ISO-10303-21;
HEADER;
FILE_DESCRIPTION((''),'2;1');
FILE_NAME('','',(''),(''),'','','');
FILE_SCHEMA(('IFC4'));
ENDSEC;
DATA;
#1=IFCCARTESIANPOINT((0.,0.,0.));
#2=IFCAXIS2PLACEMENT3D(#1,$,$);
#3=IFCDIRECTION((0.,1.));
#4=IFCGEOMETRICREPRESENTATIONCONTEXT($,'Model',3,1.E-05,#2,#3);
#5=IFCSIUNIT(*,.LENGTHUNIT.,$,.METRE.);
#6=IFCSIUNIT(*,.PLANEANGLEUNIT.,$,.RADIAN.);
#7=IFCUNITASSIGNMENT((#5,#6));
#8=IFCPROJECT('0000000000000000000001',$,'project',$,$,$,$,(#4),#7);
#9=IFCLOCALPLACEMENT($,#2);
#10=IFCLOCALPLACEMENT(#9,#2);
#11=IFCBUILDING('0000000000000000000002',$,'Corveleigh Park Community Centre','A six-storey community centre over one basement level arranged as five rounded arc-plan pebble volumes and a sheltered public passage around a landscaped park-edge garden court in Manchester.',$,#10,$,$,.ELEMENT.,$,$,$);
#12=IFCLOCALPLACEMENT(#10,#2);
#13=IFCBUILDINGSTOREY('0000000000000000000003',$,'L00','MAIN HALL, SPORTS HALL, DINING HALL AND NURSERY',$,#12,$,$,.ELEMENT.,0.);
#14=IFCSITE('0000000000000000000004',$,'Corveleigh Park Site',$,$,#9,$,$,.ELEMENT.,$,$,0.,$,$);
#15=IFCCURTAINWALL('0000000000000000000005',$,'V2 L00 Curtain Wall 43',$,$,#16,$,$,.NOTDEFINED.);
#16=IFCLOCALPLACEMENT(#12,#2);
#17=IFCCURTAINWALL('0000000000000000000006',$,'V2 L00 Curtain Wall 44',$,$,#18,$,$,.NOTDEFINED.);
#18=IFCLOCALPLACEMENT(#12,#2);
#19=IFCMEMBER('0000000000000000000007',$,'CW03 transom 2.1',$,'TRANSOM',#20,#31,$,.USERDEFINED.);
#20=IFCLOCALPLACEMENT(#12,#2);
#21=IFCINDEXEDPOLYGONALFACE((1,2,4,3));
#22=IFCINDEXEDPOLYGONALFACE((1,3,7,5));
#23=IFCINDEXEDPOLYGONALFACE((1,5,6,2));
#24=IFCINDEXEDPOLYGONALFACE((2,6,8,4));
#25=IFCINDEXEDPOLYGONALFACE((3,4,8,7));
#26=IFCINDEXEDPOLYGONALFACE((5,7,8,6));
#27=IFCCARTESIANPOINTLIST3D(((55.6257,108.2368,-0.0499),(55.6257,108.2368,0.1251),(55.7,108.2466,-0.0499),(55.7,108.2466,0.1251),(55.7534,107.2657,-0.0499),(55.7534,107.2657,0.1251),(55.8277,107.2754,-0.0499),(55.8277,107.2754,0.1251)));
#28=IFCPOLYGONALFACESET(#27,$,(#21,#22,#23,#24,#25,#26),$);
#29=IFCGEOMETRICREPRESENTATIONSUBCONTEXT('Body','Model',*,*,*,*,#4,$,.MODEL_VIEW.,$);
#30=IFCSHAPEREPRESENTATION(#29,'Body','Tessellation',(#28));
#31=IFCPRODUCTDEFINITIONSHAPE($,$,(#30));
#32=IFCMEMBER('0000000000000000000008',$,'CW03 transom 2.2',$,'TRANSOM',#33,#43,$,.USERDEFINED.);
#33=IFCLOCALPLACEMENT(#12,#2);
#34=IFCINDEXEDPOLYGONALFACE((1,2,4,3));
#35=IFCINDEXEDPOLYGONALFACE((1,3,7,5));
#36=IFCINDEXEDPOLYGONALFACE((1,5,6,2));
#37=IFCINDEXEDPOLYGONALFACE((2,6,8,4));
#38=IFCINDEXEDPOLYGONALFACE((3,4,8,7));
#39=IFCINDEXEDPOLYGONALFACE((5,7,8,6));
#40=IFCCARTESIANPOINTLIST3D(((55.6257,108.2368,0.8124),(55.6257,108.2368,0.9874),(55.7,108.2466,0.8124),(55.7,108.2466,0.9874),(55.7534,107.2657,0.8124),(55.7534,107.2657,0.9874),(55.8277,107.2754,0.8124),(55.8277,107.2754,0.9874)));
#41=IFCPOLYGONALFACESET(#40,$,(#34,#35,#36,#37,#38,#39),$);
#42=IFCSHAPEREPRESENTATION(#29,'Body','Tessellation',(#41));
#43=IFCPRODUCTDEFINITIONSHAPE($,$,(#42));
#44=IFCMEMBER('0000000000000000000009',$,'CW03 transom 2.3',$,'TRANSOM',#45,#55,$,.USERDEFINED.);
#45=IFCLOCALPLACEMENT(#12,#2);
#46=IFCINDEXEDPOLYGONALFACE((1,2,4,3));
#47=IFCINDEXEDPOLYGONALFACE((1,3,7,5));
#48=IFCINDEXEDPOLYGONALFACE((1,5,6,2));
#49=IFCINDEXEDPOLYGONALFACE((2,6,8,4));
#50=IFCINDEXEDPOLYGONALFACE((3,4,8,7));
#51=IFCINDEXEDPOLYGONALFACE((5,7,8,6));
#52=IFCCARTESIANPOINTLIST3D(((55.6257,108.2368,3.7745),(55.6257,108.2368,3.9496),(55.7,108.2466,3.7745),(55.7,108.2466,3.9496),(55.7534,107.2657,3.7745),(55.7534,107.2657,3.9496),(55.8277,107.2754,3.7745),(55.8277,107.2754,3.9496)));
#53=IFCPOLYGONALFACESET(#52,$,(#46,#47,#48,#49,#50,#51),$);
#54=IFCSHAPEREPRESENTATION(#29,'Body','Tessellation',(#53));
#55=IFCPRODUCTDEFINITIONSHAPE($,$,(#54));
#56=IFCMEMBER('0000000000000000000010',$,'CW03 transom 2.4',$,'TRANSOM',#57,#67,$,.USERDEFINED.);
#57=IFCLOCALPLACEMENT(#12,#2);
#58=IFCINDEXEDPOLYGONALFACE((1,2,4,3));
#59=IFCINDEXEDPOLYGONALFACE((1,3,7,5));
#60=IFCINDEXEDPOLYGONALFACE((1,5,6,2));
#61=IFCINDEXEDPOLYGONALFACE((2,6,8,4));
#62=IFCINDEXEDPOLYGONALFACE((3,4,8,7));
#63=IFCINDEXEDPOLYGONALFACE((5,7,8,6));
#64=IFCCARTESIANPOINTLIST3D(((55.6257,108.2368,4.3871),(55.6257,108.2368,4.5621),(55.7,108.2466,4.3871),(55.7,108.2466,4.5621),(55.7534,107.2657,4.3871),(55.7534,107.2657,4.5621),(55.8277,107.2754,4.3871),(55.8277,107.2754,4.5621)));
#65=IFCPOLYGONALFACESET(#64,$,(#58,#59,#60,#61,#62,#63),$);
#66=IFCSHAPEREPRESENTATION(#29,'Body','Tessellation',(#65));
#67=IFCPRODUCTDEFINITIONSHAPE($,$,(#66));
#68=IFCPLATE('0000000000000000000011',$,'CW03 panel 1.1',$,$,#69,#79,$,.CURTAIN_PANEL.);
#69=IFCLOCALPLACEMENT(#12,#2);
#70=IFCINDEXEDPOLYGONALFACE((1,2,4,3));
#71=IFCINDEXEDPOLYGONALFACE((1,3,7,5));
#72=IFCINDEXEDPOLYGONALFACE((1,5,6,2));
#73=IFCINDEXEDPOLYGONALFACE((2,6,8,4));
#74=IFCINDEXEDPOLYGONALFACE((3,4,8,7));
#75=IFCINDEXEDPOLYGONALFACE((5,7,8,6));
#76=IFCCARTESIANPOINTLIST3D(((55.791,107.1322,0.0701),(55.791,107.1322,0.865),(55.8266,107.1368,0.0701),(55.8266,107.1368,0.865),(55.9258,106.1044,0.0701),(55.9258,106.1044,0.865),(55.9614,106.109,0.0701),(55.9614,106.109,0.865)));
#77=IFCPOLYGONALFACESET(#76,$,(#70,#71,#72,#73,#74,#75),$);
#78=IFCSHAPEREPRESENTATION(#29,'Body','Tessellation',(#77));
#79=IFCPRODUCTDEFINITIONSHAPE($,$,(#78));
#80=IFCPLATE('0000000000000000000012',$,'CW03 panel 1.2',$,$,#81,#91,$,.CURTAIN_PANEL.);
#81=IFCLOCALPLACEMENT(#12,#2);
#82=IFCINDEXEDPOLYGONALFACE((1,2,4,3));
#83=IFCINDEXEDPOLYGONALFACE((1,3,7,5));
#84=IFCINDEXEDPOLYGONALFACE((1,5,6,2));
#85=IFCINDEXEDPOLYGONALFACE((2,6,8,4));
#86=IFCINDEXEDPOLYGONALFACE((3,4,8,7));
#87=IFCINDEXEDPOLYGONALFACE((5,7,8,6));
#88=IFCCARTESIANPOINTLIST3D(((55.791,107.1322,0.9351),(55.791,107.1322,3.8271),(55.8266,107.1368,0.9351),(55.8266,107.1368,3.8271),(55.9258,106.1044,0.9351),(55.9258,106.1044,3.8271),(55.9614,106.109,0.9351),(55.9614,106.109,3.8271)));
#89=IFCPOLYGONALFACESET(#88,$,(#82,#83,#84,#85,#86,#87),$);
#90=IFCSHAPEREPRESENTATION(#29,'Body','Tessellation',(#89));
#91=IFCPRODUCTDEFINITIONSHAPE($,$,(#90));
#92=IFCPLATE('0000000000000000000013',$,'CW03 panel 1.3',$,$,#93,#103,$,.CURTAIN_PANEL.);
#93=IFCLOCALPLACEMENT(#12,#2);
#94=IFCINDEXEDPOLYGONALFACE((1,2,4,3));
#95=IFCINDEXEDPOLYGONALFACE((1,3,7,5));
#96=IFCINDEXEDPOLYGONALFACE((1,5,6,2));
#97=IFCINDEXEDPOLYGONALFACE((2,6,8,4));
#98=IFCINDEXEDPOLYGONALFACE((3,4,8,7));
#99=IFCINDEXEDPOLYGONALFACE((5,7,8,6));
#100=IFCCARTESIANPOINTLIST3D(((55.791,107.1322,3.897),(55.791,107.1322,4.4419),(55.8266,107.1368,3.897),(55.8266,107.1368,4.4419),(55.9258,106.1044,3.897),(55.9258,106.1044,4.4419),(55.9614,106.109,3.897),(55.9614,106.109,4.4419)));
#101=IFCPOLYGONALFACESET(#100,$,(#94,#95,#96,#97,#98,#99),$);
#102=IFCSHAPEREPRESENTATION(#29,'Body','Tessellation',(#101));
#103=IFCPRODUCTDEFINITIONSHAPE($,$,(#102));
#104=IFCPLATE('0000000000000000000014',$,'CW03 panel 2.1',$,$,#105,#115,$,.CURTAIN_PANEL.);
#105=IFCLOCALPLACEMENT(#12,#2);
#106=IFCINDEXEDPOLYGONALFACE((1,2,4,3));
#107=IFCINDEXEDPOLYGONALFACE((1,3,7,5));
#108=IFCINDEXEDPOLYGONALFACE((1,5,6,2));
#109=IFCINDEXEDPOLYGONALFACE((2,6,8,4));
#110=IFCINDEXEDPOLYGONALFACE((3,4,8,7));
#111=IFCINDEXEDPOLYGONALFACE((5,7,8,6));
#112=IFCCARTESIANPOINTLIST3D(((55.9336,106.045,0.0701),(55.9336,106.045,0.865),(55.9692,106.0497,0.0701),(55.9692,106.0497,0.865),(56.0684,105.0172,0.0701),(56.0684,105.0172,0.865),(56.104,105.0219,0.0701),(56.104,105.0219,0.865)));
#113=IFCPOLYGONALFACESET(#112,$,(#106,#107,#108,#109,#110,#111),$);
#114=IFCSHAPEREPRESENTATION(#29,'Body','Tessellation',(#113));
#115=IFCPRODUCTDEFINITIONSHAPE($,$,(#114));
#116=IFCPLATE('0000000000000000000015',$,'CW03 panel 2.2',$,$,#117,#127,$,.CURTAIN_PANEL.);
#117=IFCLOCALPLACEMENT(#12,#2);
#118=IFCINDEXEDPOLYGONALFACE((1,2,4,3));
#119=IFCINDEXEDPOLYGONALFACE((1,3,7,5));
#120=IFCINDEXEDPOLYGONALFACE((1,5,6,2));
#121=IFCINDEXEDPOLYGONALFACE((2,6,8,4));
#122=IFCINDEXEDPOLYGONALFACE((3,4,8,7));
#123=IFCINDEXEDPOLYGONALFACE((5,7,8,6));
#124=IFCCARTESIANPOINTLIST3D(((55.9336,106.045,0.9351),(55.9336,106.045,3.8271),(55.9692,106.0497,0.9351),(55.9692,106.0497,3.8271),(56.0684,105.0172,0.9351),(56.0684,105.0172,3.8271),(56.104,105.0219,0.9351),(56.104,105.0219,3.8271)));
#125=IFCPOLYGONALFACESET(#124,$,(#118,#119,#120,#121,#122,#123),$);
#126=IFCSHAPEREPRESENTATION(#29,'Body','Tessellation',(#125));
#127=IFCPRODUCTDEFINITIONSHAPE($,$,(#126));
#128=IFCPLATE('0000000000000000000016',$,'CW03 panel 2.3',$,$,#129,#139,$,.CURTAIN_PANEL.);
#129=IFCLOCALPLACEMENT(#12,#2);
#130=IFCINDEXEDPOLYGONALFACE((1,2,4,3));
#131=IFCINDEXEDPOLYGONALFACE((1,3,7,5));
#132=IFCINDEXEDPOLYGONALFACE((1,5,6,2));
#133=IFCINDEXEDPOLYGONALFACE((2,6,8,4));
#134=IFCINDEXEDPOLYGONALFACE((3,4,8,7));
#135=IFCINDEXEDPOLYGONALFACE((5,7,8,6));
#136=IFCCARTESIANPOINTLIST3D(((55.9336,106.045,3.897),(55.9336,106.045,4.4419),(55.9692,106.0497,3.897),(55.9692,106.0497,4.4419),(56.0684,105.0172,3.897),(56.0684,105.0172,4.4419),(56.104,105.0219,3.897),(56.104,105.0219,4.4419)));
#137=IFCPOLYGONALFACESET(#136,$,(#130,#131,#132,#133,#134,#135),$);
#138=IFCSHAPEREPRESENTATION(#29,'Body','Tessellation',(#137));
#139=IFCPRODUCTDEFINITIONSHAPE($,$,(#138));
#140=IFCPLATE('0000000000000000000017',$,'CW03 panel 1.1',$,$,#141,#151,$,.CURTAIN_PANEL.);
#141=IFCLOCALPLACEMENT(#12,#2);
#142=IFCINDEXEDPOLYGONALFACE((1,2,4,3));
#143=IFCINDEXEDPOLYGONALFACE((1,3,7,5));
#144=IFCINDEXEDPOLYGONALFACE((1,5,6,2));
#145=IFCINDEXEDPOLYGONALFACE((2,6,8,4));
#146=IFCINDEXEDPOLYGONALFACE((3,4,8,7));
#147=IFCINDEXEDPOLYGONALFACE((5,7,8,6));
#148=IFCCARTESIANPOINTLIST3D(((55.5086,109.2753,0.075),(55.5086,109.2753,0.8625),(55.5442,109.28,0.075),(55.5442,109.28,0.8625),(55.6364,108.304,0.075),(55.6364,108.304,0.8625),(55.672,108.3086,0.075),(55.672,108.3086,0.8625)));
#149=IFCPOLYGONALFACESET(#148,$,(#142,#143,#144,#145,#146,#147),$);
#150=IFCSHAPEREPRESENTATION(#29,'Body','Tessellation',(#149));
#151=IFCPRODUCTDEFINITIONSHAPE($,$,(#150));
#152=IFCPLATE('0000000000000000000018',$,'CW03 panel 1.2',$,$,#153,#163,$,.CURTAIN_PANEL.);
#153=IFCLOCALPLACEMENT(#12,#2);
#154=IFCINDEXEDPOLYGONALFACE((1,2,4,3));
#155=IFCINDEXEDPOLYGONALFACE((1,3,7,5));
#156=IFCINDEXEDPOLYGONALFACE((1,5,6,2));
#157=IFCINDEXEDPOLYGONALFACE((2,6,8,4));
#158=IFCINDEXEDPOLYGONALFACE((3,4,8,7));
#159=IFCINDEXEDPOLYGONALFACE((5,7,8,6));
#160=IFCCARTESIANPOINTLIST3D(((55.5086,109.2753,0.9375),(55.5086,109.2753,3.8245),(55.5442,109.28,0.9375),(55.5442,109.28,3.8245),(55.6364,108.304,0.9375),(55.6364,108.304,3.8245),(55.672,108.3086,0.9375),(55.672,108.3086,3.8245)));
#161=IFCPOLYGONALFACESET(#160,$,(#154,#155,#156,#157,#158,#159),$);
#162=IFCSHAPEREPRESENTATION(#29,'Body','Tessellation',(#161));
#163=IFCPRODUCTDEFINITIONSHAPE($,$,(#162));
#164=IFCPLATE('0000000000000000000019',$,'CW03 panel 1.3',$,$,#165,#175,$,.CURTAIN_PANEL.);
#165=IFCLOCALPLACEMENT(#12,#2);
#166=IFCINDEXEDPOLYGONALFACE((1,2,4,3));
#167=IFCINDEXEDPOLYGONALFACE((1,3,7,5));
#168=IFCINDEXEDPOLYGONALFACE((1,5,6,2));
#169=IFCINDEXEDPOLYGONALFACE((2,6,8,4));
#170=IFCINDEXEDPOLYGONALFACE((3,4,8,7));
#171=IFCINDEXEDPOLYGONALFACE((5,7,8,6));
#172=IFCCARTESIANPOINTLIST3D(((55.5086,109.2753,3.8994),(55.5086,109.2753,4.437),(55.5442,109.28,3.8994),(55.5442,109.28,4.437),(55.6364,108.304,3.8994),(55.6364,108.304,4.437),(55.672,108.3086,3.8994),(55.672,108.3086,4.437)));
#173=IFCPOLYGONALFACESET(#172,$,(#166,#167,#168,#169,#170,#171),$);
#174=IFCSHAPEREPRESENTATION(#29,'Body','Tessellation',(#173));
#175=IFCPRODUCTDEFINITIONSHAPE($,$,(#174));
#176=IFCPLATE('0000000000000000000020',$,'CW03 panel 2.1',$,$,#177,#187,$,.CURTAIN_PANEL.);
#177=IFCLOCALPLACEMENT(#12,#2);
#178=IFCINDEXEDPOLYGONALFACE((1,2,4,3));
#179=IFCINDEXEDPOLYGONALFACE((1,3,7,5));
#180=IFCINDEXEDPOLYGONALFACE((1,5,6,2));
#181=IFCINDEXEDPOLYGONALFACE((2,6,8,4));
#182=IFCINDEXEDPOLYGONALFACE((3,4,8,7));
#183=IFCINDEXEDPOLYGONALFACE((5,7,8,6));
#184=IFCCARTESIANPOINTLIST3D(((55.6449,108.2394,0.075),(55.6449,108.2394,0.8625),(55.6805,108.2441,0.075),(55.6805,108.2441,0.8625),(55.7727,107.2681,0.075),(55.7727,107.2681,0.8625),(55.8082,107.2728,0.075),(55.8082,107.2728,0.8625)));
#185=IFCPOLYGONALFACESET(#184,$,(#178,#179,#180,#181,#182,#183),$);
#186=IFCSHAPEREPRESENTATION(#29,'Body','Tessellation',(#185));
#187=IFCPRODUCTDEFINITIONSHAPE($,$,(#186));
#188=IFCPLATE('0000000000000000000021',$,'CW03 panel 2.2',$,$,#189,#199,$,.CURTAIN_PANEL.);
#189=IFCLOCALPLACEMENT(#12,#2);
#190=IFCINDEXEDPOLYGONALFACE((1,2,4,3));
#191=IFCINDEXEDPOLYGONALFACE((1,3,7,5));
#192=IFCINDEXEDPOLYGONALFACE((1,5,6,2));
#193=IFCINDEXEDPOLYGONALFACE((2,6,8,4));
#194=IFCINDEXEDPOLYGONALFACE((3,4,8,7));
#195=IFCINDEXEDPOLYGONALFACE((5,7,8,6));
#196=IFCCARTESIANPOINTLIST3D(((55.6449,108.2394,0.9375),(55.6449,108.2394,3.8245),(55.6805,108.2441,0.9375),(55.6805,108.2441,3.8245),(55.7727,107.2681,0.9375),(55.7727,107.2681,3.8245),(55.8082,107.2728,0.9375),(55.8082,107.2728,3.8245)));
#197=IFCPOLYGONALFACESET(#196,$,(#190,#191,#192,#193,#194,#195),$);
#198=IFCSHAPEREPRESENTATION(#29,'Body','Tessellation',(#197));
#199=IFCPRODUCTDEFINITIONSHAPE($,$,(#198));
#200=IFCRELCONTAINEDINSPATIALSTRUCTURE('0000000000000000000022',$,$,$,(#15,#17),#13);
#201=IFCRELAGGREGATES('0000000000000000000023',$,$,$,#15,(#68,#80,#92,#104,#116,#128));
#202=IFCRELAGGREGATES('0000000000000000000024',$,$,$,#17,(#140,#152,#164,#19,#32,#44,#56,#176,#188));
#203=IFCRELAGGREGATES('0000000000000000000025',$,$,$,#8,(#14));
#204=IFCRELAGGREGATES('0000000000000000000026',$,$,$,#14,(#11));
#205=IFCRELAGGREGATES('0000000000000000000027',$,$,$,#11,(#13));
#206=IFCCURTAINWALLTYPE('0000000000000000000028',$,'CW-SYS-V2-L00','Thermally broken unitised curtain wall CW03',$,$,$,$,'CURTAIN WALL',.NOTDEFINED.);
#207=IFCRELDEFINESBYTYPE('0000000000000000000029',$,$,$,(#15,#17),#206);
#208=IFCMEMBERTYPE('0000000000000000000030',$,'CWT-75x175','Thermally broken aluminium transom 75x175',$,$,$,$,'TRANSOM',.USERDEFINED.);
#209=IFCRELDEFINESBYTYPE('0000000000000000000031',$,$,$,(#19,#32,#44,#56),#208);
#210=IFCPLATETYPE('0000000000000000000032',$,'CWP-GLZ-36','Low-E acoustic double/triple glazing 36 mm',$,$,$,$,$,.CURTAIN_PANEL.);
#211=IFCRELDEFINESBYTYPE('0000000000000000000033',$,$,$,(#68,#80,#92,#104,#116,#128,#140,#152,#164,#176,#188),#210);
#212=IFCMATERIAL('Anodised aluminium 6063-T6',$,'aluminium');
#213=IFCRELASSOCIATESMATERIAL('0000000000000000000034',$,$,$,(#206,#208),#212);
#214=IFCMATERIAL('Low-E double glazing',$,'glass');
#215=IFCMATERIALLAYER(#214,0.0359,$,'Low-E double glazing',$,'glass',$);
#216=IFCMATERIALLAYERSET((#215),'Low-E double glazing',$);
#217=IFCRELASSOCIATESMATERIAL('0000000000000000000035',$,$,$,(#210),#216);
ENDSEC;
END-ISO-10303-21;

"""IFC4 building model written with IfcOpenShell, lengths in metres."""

from ifc_helpers import new_model, si_unit, direction, frame, origin, origin_2d, place, context, subcontext, project, spatial, rectangle, extrude, material, layer, layer_set, material_profile, profile_set, type_object, element, aggregate, save


model = new_model("IFC4")

# Units and contexts
model_context = context("Model", 3, precision=1e-05, world=origin(), true_north=direction((0.0, 1.0)))
body_context = subcontext(model_context, "Body", "Model", "MODEL_VIEW")
ifc_project = project(units=[si_unit("LENGTHUNIT", "METRE"), si_unit("PLANEANGLEUNIT", "RADIAN")], contexts=[model_context])

# Site, building, storey
site_placement = place(None, origin())
site = spatial("IfcSite", under=ifc_project, at=site_placement, Name="Corveleigh Park Site", CompositionType="ELEMENT", RefElevation=0.0)
building_placement = place(site_placement, origin())
building = spatial("IfcBuilding", under=site, at=building_placement, Name="Corveleigh Park Community Centre", Description="A six-storey community centre over one basement level arranged as five rounded arc-plan pebble volumes and a sheltered public passage around a landscaped park-edge garden court in Manchester.", CompositionType="ELEMENT")
storey_placement = place(building_placement, origin())
storey = spatial("IfcBuildingStorey", under=building, at=storey_placement, Name="L00", Description="MAIN HALL, SPORTS HALL, DINING HALL AND NURSERY", CompositionType="ELEMENT", Elevation=0.0)

# Curtain walls
ifc_material_1 = material(Name="Anodised aluminium 6063-T6", Category="aluminium")
curtain_wall_type = type_object("IfcCurtainWallType", Name="CW-SYS-V2-L00", Description="Thermally broken unitised curtain wall CW03", ElementType="CURTAIN WALL", PredefinedType="NOTDEFINED", material=ifc_material_1)
curtain_wall_1_placement = place(storey_placement, origin())
curtain_wall_1 = element("IfcCurtainWall", 1, at=curtain_wall_1_placement, inside=storey, type_object=curtain_wall_type, Name="V2 L00 Curtain Wall 43", PredefinedType="NOTDEFINED")
curtain_wall_2_placement = place(storey_placement, origin())
curtain_wall_2 = element("IfcCurtainWall", 2, at=curtain_wall_2_placement, inside=storey, type_object=curtain_wall_type, Name="V2 L00 Curtain Wall 44", PredefinedType="NOTDEFINED")

# Members
ifc_material_profile_1 = material_profile(ifc_material_1, rectangle(XDim=0.075, YDim=0.175, at=origin_2d()), Name="ALU-T75x175", Category="aluminium")
ifc_profile_set_1 = profile_set([ifc_material_profile_1], Name="Anodised aluminium 6063-T6")
member_type_1 = type_object("IfcMemberType", Name="CWT-75x175", Description="Thermally broken aluminium transom 75x175", ElementType="TRANSOM", PredefinedType="USERDEFINED", material=ifc_profile_set_1)
member_1_placement = place(storey_placement, frame((55.6628, 108.2417, 0.0376), z_axis=(0.130351, -0.991468, 0.0), x_axis=(0.991468, 0.130351, 0.0)))
member_1 = element("IfcMember", 3, at=member_1_placement, type_object=member_type_1, Name="CW03 transom 2.1", ObjectType="TRANSOM", PredefinedType="USERDEFINED", context=body_context, shape_type="SweptSolid", body=[
    extrude(rectangle(XDim=0.075, YDim=0.175, at=origin_2d()), origin(), (0.0, 0.0, 1.0), 0.9795),
])
member_2_placement = place(storey_placement, frame((55.6628, 108.2417, 0.8999), z_axis=(0.130351, -0.991468, 0.0), x_axis=(0.991468, 0.130351, 0.0)))
member_2 = element("IfcMember", 4, at=member_2_placement, type_object=member_type_1, Name="CW03 transom 2.2", ObjectType="TRANSOM", PredefinedType="USERDEFINED", context=body_context, shape_type="SweptSolid", body=[
    extrude(rectangle(XDim=0.075, YDim=0.175, at=origin_2d()), origin(), (0.0, 0.0, 1.0), 0.9795),
])
member_3_placement = place(storey_placement, frame((55.6628, 108.2417, 3.8621), z_axis=(0.130351, -0.991468, 0.0), x_axis=(0.991468, 0.130351, 0.0)))
member_3 = element("IfcMember", 5, at=member_3_placement, type_object=member_type_1, Name="CW03 transom 2.3", ObjectType="TRANSOM", PredefinedType="USERDEFINED", context=body_context, shape_type="SweptSolid", body=[
    extrude(rectangle(XDim=0.075, YDim=0.175, at=origin_2d()), origin(), (0.0, 0.0, 1.0), 0.9795),
])
member_4_placement = place(storey_placement, frame((55.6628, 108.2417, 4.4746), z_axis=(0.130351, -0.991468, 0.0), x_axis=(0.991468, 0.130351, 0.0)))
member_4 = element("IfcMember", 6, at=member_4_placement, type_object=member_type_1, Name="CW03 transom 2.4", ObjectType="TRANSOM", PredefinedType="USERDEFINED", context=body_context, shape_type="SweptSolid", body=[
    extrude(rectangle(XDim=0.075, YDim=0.175, at=origin_2d()), origin(), (0.0, 0.0, 1.0), 0.9795),
])

# Plates
ifc_material_2 = material(Name="Low-E double glazing", Category="glass")
ifc_layer_1 = layer(ifc_material_2, 0.0359, Name="Low-E double glazing", Category="glass")
ifc_layer_set_1 = layer_set([ifc_layer_1], Name="Low-E double glazing")
plate_type = type_object("IfcPlateType", Name="CWP-GLZ-36", Description="Low-E acoustic double/triple glazing 36 mm", PredefinedType="CURTAIN_PANEL", material=ifc_layer_set_1)
plate_1_placement = place(storey_placement, frame((55.8762, 106.6206, 0.0701), z_axis=(0.0, 0.0, 1.0), x_axis=(0.130041, -0.991509, 0.0)))
plate_1 = element("IfcPlate", 7, at=plate_1_placement, type_object=plate_type, Name="CW03 panel 1.1", PredefinedType="CURTAIN_PANEL", context=body_context, shape_type="SweptSolid", body=[
    extrude(rectangle(XDim=1.0366, YDim=0.0359, at=origin_2d()), origin(), (0.0, 0.0, 1.0), 0.7949),
])
plate_2_placement = place(storey_placement, frame((55.8762, 106.6206, 0.9351), z_axis=(0.0, 0.0, 1.0), x_axis=(0.130041, -0.991509, 0.0)))
plate_2 = element("IfcPlate", 8, at=plate_2_placement, type_object=plate_type, Name="CW03 panel 1.2", PredefinedType="CURTAIN_PANEL", context=body_context, shape_type="SweptSolid", body=[
    extrude(rectangle(XDim=1.0366, YDim=0.0359, at=origin_2d()), origin(), (0.0, 0.0, 1.0), 2.8921),
])
plate_3_placement = place(storey_placement, frame((55.8762, 106.6206, 3.897), z_axis=(0.0, 0.0, 1.0), x_axis=(0.130041, -0.991509, 0.0)))
plate_3 = element("IfcPlate", 9, at=plate_3_placement, type_object=plate_type, Name="CW03 panel 1.3", PredefinedType="CURTAIN_PANEL", context=body_context, shape_type="SweptSolid", body=[
    extrude(rectangle(XDim=1.0366, YDim=0.0359, at=origin_2d()), origin(), (0.0, 0.0, 1.0), 0.5449),
])
plate_4_placement = place(storey_placement, frame((56.0188, 105.5334, 0.0701), z_axis=(0.0, 0.0, 1.0), x_axis=(0.130041, -0.991509, 0.0)))
plate_4 = element("IfcPlate", 10, at=plate_4_placement, type_object=plate_type, Name="CW03 panel 2.1", PredefinedType="CURTAIN_PANEL", context=body_context, shape_type="SweptSolid", body=[
    extrude(rectangle(XDim=1.0366, YDim=0.0359, at=origin_2d()), origin(), (0.0, 0.0, 1.0), 0.7949),
])
plate_5_placement = place(storey_placement, frame((56.0188, 105.5334, 0.9351), z_axis=(0.0, 0.0, 1.0), x_axis=(0.130041, -0.991509, 0.0)))
plate_5 = element("IfcPlate", 11, at=plate_5_placement, type_object=plate_type, Name="CW03 panel 2.2", PredefinedType="CURTAIN_PANEL", context=body_context, shape_type="SweptSolid", body=[
    extrude(rectangle(XDim=1.0366, YDim=0.0359, at=origin_2d()), origin(), (0.0, 0.0, 1.0), 2.8921),
])
plate_6_placement = place(storey_placement, frame((56.0188, 105.5334, 3.897), z_axis=(0.0, 0.0, 1.0), x_axis=(0.130041, -0.991509, 0.0)))
plate_6 = element("IfcPlate", 12, at=plate_6_placement, type_object=plate_type, Name="CW03 panel 2.3", PredefinedType="CURTAIN_PANEL", context=body_context, shape_type="SweptSolid", body=[
    extrude(rectangle(XDim=1.0366, YDim=0.0359, at=origin_2d()), origin(), (0.0, 0.0, 1.0), 0.5449),
])
aggregate(curtain_wall_1, [plate_1, plate_2, plate_3, plate_4, plate_5, plate_6])
plate_7_placement = place(storey_placement, frame((55.5903, 108.792, 0.075), z_axis=(0.0, 0.0, 1.0), x_axis=(0.13043, -0.991457, 0.0)))
plate_7 = element("IfcPlate", 13, at=plate_7_placement, type_object=plate_type, Name="CW03 panel 1.1", PredefinedType="CURTAIN_PANEL", context=body_context, shape_type="SweptSolid", body=[
    extrude(rectangle(XDim=0.9797, YDim=0.0359, at=origin_2d()), origin(), (0.0, 0.0, 1.0), 0.7876),
])
plate_8_placement = place(storey_placement, frame((55.5903, 108.792, 0.9375), z_axis=(0.0, 0.0, 1.0), x_axis=(0.13043, -0.991457, 0.0)))
plate_8 = element("IfcPlate", 14, at=plate_8_placement, type_object=plate_type, Name="CW03 panel 1.2", PredefinedType="CURTAIN_PANEL", context=body_context, shape_type="SweptSolid", body=[
    extrude(rectangle(XDim=0.9797, YDim=0.0359, at=origin_2d()), origin(), (0.0, 0.0, 1.0), 2.887),
])
plate_9_placement = place(storey_placement, frame((55.5903, 108.792, 3.8994), z_axis=(0.0, 0.0, 1.0), x_axis=(0.13043, -0.991457, 0.0)))
plate_9 = element("IfcPlate", 15, at=plate_9_placement, type_object=plate_type, Name="CW03 panel 1.3", PredefinedType="CURTAIN_PANEL", context=body_context, shape_type="SweptSolid", body=[
    extrude(rectangle(XDim=0.9797, YDim=0.0359, at=origin_2d()), origin(), (0.0, 0.0, 1.0), 0.5376),
])
plate_10_placement = place(storey_placement, frame((55.7266, 107.7561, 0.075), z_axis=(0.0, 0.0, 1.0), x_axis=(0.13043, -0.991457, 0.0)))
plate_10 = element("IfcPlate", 16, at=plate_10_placement, type_object=plate_type, Name="CW03 panel 2.1", PredefinedType="CURTAIN_PANEL", context=body_context, shape_type="SweptSolid", body=[
    extrude(rectangle(XDim=0.9797, YDim=0.0359, at=origin_2d()), origin(), (0.0, 0.0, 1.0), 0.7876),
])
plate_11_placement = place(storey_placement, frame((55.7266, 107.7561, 0.9375), z_axis=(0.0, 0.0, 1.0), x_axis=(0.13043, -0.991457, 0.0)))
plate_11 = element("IfcPlate", 17, at=plate_11_placement, type_object=plate_type, Name="CW03 panel 2.2", PredefinedType="CURTAIN_PANEL", context=body_context, shape_type="SweptSolid", body=[
    extrude(rectangle(XDim=0.9797, YDim=0.0359, at=origin_2d()), origin(), (0.0, 0.0, 1.0), 2.887),
])
aggregate(curtain_wall_2, [plate_7, plate_8, plate_9, member_1, member_2, member_3, member_4, plate_10, plate_11])

save(model, "model.ifc")
